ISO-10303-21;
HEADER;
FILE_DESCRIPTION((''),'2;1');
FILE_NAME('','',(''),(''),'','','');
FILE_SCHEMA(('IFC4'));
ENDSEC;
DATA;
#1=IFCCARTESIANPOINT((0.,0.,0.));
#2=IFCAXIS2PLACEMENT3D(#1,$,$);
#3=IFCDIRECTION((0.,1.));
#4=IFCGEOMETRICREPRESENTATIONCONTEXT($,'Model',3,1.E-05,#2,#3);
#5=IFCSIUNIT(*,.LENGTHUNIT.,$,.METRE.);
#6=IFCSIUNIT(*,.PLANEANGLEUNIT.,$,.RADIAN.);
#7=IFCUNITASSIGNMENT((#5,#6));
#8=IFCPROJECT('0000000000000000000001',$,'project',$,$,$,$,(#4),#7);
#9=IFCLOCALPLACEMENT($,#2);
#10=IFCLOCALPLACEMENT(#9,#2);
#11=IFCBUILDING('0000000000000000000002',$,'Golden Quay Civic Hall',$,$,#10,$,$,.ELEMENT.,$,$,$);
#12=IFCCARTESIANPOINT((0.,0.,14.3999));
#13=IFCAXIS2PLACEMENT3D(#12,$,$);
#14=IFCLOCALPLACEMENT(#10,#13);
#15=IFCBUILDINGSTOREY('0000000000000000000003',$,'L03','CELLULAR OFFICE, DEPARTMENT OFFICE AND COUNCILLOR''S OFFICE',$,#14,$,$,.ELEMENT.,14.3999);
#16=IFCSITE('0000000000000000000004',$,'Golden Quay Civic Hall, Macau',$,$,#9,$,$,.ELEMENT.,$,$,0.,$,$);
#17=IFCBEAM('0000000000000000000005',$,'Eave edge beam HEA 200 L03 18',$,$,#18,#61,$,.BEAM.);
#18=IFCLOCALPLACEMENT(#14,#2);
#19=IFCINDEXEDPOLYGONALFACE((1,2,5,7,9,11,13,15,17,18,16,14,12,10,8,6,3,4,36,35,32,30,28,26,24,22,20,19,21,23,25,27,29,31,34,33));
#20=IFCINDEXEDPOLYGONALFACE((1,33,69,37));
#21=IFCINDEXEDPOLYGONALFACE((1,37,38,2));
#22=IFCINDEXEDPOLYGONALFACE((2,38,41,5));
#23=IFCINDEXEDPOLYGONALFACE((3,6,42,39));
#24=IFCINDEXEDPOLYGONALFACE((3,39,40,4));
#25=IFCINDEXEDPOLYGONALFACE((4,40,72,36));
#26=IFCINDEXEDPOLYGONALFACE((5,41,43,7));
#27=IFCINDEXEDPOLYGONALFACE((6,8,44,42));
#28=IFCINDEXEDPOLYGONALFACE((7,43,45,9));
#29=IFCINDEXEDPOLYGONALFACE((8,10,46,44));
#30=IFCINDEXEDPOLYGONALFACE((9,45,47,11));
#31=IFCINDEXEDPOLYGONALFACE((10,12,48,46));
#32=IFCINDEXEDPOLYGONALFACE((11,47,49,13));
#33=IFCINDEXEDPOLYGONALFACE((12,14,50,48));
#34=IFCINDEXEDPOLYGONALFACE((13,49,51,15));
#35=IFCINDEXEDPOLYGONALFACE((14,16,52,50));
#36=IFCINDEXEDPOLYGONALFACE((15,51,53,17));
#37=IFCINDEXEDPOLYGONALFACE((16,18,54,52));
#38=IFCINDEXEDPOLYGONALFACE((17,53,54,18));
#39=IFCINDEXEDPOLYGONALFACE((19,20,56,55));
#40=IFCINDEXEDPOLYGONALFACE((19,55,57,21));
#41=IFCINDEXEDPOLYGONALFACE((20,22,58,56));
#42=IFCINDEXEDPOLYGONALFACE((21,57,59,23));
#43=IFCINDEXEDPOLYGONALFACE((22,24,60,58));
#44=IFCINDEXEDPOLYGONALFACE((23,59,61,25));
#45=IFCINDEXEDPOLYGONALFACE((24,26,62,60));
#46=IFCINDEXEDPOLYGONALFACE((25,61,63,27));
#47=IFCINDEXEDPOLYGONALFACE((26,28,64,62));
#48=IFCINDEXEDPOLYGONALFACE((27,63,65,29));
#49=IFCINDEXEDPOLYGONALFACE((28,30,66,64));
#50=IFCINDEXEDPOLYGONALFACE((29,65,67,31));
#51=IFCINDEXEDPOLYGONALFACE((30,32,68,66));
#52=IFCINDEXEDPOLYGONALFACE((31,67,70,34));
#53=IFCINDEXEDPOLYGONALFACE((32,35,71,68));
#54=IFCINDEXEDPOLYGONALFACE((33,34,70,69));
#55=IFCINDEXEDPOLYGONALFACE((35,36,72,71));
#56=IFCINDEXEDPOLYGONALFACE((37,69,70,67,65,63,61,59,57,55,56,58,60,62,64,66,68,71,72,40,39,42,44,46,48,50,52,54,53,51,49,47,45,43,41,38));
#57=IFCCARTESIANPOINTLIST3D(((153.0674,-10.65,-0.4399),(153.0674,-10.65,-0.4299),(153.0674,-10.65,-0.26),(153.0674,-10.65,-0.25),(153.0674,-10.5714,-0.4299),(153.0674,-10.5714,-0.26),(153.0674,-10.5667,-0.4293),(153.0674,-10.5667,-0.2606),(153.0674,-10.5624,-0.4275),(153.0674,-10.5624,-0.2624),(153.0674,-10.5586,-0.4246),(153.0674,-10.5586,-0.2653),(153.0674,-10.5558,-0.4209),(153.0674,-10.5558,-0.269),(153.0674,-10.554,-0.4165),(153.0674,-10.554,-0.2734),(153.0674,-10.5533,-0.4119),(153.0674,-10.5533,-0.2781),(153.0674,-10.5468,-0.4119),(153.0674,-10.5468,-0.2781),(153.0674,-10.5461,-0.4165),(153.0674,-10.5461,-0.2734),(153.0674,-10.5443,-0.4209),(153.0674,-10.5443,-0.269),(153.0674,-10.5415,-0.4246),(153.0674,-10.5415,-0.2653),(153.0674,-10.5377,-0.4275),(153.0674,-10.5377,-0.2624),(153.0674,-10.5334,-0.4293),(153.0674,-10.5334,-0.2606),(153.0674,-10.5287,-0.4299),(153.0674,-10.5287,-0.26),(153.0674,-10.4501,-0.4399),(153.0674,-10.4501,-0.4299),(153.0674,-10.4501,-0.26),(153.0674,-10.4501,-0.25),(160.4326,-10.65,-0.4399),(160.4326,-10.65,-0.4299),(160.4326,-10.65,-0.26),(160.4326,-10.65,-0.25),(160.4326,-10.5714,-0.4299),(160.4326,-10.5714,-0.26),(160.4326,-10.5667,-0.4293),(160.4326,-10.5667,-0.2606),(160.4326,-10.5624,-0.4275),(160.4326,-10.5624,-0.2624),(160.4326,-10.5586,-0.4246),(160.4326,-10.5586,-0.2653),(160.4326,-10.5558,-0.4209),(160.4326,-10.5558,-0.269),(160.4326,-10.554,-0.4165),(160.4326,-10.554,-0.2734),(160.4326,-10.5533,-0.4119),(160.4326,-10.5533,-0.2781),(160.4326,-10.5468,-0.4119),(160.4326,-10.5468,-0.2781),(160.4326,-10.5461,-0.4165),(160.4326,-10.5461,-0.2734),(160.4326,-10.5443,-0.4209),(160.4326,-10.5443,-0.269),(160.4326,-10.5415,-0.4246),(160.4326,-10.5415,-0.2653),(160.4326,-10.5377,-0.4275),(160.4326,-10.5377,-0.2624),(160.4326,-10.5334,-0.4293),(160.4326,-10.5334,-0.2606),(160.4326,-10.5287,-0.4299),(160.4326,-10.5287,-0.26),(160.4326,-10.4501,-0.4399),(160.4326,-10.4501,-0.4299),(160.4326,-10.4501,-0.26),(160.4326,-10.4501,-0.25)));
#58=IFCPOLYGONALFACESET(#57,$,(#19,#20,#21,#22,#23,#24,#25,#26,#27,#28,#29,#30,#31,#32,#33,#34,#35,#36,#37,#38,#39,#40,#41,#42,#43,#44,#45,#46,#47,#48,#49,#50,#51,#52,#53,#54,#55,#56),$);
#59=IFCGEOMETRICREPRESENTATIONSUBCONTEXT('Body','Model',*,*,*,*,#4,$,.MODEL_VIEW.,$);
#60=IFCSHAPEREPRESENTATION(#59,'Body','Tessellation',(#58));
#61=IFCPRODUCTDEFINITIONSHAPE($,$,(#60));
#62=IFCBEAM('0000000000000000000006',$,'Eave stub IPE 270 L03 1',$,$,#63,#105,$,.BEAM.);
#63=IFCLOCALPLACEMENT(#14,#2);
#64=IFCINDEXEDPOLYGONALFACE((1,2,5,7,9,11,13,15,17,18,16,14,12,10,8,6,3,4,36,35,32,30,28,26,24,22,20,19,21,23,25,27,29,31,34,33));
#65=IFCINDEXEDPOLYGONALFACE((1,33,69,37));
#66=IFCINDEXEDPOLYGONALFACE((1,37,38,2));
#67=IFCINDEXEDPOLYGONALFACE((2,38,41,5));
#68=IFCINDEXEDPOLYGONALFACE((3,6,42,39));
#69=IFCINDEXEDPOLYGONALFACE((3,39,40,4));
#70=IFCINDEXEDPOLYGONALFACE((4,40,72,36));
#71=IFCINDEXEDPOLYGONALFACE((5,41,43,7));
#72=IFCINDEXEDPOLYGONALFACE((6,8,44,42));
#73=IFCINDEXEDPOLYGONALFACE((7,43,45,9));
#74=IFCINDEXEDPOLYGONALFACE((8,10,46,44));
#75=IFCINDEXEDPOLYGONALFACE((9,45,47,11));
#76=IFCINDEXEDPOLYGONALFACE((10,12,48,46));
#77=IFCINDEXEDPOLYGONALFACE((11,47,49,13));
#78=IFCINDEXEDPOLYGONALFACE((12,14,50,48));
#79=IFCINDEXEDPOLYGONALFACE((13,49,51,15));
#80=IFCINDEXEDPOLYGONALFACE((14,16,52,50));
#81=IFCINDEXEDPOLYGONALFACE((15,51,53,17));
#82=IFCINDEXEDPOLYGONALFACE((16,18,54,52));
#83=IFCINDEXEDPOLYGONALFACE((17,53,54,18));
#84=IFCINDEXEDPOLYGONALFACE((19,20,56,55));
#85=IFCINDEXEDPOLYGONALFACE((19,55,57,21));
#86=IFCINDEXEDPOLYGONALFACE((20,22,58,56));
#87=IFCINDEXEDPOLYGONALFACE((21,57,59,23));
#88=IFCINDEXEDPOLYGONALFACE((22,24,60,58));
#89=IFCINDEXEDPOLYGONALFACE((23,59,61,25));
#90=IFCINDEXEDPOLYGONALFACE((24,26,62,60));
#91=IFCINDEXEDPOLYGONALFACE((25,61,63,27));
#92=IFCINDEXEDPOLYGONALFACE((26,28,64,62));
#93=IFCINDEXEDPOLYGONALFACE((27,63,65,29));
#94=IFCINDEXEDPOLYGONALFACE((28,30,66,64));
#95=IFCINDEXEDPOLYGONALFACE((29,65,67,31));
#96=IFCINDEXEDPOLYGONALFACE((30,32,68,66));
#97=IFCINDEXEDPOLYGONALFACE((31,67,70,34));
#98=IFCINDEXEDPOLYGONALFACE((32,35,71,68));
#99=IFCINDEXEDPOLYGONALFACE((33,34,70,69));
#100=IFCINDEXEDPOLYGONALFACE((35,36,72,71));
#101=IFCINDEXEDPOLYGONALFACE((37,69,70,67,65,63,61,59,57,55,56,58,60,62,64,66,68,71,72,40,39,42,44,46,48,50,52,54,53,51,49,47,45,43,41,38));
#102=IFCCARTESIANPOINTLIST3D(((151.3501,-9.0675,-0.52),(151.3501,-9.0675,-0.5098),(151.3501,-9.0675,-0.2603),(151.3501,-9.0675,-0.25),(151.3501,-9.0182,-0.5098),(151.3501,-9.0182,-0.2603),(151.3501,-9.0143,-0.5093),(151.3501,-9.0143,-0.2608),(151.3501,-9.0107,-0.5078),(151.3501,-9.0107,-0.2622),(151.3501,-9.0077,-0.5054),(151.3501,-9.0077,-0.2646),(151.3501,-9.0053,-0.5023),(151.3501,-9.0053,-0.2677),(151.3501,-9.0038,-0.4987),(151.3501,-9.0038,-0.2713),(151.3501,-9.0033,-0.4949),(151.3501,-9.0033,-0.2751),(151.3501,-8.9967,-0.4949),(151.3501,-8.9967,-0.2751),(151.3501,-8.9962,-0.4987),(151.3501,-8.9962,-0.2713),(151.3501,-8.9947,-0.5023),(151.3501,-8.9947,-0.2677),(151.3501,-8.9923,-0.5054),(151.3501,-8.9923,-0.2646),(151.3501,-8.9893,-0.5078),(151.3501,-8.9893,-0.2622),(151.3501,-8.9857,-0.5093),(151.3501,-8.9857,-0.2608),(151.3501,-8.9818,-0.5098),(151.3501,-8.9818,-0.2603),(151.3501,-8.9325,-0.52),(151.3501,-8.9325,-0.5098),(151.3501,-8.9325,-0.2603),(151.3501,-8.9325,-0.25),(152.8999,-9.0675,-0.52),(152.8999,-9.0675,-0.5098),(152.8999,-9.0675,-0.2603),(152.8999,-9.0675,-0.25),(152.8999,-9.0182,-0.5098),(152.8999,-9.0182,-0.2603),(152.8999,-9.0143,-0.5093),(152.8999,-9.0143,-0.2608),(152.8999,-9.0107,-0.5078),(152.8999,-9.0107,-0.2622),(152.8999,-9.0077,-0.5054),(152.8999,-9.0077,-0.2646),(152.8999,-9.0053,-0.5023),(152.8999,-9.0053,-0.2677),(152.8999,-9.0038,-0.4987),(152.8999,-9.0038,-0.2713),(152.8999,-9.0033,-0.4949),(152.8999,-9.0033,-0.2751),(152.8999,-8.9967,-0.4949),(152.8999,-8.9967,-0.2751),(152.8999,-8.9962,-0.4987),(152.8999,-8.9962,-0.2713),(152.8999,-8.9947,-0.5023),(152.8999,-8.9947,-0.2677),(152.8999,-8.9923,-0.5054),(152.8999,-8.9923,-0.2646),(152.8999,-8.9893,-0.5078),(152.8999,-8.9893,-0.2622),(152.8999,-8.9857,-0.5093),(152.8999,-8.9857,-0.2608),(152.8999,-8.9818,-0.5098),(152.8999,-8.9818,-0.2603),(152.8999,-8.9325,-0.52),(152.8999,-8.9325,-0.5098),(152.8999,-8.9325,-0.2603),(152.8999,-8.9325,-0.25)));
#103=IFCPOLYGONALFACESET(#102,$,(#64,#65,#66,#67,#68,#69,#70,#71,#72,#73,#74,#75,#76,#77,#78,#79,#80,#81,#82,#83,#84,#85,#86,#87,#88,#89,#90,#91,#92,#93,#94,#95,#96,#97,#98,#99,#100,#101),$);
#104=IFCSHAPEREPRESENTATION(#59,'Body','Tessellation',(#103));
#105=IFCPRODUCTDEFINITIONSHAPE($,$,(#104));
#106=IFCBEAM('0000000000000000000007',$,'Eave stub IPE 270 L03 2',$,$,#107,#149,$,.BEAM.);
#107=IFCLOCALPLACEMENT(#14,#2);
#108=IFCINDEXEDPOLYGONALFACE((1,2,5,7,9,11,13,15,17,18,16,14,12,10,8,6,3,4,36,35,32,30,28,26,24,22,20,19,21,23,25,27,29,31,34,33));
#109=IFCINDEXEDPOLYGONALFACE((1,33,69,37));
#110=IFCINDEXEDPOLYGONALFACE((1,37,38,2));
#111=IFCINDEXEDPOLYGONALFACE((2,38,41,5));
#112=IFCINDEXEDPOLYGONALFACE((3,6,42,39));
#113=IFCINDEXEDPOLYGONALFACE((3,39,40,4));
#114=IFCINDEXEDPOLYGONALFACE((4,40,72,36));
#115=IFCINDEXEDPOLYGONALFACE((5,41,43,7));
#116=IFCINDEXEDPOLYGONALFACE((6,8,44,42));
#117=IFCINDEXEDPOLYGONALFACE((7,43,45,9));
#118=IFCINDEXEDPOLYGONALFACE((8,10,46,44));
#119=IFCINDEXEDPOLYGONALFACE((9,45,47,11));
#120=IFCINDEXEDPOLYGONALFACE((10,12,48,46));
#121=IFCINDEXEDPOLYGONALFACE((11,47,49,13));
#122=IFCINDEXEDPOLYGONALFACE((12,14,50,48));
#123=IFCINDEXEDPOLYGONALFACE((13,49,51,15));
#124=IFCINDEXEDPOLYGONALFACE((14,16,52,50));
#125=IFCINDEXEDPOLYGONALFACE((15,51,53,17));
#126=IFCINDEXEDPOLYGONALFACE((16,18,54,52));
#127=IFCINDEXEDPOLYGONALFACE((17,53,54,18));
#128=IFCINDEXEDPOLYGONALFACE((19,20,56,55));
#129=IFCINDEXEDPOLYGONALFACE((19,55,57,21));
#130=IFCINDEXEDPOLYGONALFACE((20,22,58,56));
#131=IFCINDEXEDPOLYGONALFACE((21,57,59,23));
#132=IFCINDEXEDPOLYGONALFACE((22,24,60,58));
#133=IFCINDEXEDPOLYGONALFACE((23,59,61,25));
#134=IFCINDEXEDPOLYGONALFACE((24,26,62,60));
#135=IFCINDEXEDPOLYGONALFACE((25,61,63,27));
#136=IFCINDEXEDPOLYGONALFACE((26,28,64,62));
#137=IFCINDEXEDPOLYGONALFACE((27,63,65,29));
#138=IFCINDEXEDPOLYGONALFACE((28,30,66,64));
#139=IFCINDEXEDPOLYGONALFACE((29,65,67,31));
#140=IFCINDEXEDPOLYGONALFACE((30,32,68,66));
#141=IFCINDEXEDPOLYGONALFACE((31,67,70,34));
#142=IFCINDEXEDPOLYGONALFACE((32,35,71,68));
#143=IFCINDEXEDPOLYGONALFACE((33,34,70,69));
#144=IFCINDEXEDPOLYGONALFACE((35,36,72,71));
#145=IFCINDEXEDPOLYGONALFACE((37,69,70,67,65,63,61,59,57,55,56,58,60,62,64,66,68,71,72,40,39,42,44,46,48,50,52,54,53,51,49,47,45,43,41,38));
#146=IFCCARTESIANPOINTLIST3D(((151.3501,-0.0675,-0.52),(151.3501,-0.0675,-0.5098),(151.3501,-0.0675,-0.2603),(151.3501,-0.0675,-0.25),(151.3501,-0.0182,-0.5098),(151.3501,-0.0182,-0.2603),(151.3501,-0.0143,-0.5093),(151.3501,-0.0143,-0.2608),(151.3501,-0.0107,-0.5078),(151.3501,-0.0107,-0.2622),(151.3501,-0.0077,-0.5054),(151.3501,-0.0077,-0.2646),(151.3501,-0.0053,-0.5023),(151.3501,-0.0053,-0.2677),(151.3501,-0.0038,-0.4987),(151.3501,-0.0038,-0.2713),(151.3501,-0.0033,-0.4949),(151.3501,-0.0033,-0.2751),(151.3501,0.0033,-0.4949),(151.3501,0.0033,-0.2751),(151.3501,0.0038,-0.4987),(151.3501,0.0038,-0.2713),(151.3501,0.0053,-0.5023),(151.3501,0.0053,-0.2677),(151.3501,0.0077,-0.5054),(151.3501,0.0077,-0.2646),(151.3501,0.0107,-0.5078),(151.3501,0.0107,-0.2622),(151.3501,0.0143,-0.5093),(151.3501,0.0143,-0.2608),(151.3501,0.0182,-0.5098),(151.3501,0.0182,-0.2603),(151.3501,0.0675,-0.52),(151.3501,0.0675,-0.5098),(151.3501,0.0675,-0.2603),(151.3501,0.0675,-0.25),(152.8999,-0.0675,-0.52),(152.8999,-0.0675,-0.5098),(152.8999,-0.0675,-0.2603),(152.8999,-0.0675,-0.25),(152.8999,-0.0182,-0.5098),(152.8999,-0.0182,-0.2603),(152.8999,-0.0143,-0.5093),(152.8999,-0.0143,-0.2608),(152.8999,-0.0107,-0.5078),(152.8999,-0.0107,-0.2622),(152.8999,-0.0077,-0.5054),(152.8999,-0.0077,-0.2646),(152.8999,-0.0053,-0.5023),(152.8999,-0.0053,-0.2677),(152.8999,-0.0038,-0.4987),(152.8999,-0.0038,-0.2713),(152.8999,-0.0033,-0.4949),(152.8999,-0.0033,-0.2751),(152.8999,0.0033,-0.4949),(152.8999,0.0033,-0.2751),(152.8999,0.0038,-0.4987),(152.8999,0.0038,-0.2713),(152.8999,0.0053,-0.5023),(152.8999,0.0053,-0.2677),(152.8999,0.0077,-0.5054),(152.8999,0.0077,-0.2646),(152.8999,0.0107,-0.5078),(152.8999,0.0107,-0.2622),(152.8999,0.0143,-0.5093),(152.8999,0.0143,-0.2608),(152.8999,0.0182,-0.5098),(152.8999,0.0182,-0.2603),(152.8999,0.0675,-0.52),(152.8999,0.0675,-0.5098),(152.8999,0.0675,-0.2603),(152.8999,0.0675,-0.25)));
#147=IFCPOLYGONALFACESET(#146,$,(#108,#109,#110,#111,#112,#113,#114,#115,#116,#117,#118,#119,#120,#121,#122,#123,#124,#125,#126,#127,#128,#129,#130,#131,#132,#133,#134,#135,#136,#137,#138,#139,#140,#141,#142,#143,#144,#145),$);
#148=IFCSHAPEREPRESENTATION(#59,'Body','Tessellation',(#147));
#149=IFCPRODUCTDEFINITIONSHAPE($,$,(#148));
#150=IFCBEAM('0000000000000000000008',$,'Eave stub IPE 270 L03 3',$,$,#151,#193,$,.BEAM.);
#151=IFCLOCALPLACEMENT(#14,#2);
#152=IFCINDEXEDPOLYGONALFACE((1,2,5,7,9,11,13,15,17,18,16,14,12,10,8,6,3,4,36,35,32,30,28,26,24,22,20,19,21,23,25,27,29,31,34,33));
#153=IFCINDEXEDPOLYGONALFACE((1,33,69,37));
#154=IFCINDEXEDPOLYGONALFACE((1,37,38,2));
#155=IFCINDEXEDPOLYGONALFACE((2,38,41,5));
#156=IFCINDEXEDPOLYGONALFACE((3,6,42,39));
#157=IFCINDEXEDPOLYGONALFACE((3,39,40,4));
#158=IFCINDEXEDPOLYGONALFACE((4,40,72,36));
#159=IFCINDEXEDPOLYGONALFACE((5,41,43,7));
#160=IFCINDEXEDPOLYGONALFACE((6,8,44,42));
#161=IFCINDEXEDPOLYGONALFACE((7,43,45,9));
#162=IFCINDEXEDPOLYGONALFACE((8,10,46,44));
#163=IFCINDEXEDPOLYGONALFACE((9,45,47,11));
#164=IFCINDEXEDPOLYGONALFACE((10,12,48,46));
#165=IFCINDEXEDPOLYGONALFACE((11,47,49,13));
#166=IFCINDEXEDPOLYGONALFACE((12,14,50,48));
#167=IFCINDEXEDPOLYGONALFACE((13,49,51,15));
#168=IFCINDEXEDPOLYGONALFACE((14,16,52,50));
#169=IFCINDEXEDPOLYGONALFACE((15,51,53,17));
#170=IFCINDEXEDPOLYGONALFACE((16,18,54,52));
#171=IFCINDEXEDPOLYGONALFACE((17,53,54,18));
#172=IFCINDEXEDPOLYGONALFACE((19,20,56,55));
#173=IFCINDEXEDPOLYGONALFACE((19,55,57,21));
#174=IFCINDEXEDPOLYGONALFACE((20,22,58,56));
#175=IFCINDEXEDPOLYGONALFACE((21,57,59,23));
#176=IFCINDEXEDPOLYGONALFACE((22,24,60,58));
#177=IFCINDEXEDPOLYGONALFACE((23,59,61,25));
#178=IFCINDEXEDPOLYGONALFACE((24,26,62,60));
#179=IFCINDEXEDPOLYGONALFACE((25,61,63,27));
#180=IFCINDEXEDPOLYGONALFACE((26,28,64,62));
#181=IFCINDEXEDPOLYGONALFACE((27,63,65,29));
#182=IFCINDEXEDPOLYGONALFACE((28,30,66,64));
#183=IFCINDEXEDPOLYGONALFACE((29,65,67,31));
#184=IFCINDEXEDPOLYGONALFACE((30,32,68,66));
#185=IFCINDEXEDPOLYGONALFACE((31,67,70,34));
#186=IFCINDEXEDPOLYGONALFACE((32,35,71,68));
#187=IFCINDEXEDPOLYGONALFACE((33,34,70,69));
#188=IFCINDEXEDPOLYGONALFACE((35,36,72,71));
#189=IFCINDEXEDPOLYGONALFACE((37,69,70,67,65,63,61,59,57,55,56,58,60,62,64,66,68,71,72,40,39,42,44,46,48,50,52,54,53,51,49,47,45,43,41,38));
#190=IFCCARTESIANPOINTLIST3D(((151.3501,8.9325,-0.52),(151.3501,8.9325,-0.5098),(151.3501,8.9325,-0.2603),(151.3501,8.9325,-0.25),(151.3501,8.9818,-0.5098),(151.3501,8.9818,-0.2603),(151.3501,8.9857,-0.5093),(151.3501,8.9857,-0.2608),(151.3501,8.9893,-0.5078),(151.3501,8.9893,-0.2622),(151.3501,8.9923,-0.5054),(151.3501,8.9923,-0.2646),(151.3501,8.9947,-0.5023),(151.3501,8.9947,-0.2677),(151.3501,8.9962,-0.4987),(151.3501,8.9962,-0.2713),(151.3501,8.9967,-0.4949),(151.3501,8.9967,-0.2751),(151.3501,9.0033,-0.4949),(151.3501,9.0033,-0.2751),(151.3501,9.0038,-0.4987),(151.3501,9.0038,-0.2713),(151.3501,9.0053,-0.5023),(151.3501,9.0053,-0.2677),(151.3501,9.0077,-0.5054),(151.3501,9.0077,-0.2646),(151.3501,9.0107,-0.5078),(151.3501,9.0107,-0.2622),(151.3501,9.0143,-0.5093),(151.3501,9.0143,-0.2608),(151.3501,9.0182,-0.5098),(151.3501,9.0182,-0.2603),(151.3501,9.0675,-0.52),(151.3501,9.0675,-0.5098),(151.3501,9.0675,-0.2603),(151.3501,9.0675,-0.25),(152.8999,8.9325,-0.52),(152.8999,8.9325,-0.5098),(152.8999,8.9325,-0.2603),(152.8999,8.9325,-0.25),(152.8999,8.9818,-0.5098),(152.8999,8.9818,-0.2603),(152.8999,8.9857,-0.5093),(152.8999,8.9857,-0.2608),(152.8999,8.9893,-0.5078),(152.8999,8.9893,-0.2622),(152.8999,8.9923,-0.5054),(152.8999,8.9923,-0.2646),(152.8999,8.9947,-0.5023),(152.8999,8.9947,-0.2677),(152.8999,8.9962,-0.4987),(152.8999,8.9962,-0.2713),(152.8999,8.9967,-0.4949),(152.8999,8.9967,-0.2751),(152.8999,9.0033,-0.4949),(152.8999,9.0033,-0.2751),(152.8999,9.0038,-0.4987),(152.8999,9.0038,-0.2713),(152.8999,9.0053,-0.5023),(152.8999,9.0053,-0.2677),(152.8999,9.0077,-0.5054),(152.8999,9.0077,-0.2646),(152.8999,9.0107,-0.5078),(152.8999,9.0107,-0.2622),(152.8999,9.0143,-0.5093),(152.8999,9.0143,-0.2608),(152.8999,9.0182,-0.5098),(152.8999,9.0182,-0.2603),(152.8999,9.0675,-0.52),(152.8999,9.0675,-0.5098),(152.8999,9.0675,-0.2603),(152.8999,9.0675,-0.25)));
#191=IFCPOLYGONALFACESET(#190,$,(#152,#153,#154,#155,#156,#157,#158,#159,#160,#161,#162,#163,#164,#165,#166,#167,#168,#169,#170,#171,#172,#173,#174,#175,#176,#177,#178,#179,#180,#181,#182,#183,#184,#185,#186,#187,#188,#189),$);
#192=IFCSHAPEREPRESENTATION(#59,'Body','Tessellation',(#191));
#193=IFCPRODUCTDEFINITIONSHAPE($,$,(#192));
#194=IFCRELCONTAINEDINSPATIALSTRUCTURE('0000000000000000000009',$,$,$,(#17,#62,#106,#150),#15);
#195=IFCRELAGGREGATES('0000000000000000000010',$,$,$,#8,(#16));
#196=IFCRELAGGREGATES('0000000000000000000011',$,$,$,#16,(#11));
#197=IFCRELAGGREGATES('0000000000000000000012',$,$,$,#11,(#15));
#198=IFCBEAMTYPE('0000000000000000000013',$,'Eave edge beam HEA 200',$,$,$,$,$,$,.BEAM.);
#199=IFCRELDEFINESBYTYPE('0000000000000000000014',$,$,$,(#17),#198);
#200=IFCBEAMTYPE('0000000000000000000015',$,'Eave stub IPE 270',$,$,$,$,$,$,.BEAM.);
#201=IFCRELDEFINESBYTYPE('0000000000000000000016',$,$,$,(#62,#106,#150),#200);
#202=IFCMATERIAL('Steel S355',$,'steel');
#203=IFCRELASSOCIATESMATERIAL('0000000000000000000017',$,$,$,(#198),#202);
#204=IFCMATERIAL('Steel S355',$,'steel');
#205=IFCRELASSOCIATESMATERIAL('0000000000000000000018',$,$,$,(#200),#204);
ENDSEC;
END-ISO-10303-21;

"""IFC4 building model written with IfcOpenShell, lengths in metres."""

from ifc_helpers import new_model, si_unit, direction, frame, origin, origin_2d, place, context, subcontext, project, spatial, i_section, extrude, material, material_profile, profile_set, type_object, element, save


model = new_model("IFC4")

# Units and contexts
model_context = context("Model", 3, precision=1e-05, world=origin(), true_north=direction((0.0, 1.0)))
body_context = subcontext(model_context, "Body", "Model", "MODEL_VIEW")
ifc_project = project(units=[si_unit("LENGTHUNIT", "METRE"), si_unit("PLANEANGLEUNIT", "RADIAN")], contexts=[model_context])

# Site, building, storey
site_placement = place(None, origin())
site = spatial("IfcSite", under=ifc_project, at=site_placement, Name="Golden Quay Civic Hall, Macau", CompositionType="ELEMENT", RefElevation=0.0)
building_placement = place(site_placement, origin())
building = spatial("IfcBuilding", under=site, at=building_placement, Name="Golden Quay Civic Hall", CompositionType="ELEMENT")
storey_placement = place(building_placement, frame((0.0, 0.0, 14.3999)))
storey = spatial("IfcBuildingStorey", under=building, at=storey_placement, Name="L03", Description="CELLULAR OFFICE, DEPARTMENT OFFICE AND COUNCILLOR'S OFFICE", CompositionType="ELEMENT", Elevation=14.3999)

# Beams
ifc_material_1 = material(Name="Steel S355", Category="steel")
ifc_material_profile_1 = material_profile(ifc_material_1, i_section(OverallWidth=0.2, OverallDepth=0.1899, WebThickness=0.0066, FlangeThickness=0.01, FilletRadius=0.0181, at=origin_2d()), Name="HEA 200")
ifc_profile_set_1 = profile_set([ifc_material_profile_1], Name="Steel S355")
beam_type_1 = type_object("IfcBeamType", Name="Eave edge beam HEA 200", PredefinedType="BEAM", material=ifc_profile_set_1)
beam_1_placement = place(storey_placement, frame((153.0674, -10.55, -0.345), z_axis=(1.0, 0.0, 0.0), x_axis=(0.0, 1.0, 0.0)))
element("IfcBeam", 1, at=beam_1_placement, inside=storey, type_object=beam_type_1, Name="Eave edge beam HEA 200 L03 18", PredefinedType="BEAM", context=body_context, shape_type="SweptSolid", body=[
    extrude(i_section(OverallWidth=0.2, OverallDepth=0.1899, WebThickness=0.0066, FlangeThickness=0.01, FilletRadius=0.0181, at=origin_2d()), origin(), (0.0, 0.0, 1.0), 7.3652),
])
ifc_material_2 = material(Name="Steel S355", Category="steel")
ifc_material_profile_2 = material_profile(ifc_material_2, i_section(OverallWidth=0.135, OverallDepth=0.27, WebThickness=0.0066, FlangeThickness=0.0103, FilletRadius=0.0149, at=origin_2d()), Name="IPE 270")
ifc_profile_set_2 = profile_set([ifc_material_profile_2], Name="Steel S355")
beam_type_2 = type_object("IfcBeamType", Name="Eave stub IPE 270", PredefinedType="BEAM", material=ifc_profile_set_2)
for number, where, z_axis, x_axis, name in (
    (2, (152.8999, -9.0, -0.385), (-1.0, 0.0, 0.0), (0.0, -1.0, 0.0), "Eave stub IPE 270 L03 1"),
    (3, (152.8999, 0.0, -0.385), (-1.0, 0.0, 0.0), (0.0, -1.0, 0.0), "Eave stub IPE 270 L03 2"),
    (4, (152.8999, 9.0, -0.385), (-1.0, 0.0, 0.0), (0.0, -1.0, 0.0), "Eave stub IPE 270 L03 3"),
):
    element("IfcBeam", number, at=place(storey_placement, frame(where, z_axis=z_axis, x_axis=x_axis)), inside=storey, type_object=beam_type_2, Name=name, PredefinedType="BEAM", context=body_context, shape_type="SweptSolid", body=[
        extrude(i_section(OverallWidth=0.135, OverallDepth=0.27, WebThickness=0.0066, FlangeThickness=0.0103, FilletRadius=0.0149, at=origin_2d()), origin(), (0.0, 0.0, 1.0), 1.5498),
    ])

save(model, "model.ifc")
